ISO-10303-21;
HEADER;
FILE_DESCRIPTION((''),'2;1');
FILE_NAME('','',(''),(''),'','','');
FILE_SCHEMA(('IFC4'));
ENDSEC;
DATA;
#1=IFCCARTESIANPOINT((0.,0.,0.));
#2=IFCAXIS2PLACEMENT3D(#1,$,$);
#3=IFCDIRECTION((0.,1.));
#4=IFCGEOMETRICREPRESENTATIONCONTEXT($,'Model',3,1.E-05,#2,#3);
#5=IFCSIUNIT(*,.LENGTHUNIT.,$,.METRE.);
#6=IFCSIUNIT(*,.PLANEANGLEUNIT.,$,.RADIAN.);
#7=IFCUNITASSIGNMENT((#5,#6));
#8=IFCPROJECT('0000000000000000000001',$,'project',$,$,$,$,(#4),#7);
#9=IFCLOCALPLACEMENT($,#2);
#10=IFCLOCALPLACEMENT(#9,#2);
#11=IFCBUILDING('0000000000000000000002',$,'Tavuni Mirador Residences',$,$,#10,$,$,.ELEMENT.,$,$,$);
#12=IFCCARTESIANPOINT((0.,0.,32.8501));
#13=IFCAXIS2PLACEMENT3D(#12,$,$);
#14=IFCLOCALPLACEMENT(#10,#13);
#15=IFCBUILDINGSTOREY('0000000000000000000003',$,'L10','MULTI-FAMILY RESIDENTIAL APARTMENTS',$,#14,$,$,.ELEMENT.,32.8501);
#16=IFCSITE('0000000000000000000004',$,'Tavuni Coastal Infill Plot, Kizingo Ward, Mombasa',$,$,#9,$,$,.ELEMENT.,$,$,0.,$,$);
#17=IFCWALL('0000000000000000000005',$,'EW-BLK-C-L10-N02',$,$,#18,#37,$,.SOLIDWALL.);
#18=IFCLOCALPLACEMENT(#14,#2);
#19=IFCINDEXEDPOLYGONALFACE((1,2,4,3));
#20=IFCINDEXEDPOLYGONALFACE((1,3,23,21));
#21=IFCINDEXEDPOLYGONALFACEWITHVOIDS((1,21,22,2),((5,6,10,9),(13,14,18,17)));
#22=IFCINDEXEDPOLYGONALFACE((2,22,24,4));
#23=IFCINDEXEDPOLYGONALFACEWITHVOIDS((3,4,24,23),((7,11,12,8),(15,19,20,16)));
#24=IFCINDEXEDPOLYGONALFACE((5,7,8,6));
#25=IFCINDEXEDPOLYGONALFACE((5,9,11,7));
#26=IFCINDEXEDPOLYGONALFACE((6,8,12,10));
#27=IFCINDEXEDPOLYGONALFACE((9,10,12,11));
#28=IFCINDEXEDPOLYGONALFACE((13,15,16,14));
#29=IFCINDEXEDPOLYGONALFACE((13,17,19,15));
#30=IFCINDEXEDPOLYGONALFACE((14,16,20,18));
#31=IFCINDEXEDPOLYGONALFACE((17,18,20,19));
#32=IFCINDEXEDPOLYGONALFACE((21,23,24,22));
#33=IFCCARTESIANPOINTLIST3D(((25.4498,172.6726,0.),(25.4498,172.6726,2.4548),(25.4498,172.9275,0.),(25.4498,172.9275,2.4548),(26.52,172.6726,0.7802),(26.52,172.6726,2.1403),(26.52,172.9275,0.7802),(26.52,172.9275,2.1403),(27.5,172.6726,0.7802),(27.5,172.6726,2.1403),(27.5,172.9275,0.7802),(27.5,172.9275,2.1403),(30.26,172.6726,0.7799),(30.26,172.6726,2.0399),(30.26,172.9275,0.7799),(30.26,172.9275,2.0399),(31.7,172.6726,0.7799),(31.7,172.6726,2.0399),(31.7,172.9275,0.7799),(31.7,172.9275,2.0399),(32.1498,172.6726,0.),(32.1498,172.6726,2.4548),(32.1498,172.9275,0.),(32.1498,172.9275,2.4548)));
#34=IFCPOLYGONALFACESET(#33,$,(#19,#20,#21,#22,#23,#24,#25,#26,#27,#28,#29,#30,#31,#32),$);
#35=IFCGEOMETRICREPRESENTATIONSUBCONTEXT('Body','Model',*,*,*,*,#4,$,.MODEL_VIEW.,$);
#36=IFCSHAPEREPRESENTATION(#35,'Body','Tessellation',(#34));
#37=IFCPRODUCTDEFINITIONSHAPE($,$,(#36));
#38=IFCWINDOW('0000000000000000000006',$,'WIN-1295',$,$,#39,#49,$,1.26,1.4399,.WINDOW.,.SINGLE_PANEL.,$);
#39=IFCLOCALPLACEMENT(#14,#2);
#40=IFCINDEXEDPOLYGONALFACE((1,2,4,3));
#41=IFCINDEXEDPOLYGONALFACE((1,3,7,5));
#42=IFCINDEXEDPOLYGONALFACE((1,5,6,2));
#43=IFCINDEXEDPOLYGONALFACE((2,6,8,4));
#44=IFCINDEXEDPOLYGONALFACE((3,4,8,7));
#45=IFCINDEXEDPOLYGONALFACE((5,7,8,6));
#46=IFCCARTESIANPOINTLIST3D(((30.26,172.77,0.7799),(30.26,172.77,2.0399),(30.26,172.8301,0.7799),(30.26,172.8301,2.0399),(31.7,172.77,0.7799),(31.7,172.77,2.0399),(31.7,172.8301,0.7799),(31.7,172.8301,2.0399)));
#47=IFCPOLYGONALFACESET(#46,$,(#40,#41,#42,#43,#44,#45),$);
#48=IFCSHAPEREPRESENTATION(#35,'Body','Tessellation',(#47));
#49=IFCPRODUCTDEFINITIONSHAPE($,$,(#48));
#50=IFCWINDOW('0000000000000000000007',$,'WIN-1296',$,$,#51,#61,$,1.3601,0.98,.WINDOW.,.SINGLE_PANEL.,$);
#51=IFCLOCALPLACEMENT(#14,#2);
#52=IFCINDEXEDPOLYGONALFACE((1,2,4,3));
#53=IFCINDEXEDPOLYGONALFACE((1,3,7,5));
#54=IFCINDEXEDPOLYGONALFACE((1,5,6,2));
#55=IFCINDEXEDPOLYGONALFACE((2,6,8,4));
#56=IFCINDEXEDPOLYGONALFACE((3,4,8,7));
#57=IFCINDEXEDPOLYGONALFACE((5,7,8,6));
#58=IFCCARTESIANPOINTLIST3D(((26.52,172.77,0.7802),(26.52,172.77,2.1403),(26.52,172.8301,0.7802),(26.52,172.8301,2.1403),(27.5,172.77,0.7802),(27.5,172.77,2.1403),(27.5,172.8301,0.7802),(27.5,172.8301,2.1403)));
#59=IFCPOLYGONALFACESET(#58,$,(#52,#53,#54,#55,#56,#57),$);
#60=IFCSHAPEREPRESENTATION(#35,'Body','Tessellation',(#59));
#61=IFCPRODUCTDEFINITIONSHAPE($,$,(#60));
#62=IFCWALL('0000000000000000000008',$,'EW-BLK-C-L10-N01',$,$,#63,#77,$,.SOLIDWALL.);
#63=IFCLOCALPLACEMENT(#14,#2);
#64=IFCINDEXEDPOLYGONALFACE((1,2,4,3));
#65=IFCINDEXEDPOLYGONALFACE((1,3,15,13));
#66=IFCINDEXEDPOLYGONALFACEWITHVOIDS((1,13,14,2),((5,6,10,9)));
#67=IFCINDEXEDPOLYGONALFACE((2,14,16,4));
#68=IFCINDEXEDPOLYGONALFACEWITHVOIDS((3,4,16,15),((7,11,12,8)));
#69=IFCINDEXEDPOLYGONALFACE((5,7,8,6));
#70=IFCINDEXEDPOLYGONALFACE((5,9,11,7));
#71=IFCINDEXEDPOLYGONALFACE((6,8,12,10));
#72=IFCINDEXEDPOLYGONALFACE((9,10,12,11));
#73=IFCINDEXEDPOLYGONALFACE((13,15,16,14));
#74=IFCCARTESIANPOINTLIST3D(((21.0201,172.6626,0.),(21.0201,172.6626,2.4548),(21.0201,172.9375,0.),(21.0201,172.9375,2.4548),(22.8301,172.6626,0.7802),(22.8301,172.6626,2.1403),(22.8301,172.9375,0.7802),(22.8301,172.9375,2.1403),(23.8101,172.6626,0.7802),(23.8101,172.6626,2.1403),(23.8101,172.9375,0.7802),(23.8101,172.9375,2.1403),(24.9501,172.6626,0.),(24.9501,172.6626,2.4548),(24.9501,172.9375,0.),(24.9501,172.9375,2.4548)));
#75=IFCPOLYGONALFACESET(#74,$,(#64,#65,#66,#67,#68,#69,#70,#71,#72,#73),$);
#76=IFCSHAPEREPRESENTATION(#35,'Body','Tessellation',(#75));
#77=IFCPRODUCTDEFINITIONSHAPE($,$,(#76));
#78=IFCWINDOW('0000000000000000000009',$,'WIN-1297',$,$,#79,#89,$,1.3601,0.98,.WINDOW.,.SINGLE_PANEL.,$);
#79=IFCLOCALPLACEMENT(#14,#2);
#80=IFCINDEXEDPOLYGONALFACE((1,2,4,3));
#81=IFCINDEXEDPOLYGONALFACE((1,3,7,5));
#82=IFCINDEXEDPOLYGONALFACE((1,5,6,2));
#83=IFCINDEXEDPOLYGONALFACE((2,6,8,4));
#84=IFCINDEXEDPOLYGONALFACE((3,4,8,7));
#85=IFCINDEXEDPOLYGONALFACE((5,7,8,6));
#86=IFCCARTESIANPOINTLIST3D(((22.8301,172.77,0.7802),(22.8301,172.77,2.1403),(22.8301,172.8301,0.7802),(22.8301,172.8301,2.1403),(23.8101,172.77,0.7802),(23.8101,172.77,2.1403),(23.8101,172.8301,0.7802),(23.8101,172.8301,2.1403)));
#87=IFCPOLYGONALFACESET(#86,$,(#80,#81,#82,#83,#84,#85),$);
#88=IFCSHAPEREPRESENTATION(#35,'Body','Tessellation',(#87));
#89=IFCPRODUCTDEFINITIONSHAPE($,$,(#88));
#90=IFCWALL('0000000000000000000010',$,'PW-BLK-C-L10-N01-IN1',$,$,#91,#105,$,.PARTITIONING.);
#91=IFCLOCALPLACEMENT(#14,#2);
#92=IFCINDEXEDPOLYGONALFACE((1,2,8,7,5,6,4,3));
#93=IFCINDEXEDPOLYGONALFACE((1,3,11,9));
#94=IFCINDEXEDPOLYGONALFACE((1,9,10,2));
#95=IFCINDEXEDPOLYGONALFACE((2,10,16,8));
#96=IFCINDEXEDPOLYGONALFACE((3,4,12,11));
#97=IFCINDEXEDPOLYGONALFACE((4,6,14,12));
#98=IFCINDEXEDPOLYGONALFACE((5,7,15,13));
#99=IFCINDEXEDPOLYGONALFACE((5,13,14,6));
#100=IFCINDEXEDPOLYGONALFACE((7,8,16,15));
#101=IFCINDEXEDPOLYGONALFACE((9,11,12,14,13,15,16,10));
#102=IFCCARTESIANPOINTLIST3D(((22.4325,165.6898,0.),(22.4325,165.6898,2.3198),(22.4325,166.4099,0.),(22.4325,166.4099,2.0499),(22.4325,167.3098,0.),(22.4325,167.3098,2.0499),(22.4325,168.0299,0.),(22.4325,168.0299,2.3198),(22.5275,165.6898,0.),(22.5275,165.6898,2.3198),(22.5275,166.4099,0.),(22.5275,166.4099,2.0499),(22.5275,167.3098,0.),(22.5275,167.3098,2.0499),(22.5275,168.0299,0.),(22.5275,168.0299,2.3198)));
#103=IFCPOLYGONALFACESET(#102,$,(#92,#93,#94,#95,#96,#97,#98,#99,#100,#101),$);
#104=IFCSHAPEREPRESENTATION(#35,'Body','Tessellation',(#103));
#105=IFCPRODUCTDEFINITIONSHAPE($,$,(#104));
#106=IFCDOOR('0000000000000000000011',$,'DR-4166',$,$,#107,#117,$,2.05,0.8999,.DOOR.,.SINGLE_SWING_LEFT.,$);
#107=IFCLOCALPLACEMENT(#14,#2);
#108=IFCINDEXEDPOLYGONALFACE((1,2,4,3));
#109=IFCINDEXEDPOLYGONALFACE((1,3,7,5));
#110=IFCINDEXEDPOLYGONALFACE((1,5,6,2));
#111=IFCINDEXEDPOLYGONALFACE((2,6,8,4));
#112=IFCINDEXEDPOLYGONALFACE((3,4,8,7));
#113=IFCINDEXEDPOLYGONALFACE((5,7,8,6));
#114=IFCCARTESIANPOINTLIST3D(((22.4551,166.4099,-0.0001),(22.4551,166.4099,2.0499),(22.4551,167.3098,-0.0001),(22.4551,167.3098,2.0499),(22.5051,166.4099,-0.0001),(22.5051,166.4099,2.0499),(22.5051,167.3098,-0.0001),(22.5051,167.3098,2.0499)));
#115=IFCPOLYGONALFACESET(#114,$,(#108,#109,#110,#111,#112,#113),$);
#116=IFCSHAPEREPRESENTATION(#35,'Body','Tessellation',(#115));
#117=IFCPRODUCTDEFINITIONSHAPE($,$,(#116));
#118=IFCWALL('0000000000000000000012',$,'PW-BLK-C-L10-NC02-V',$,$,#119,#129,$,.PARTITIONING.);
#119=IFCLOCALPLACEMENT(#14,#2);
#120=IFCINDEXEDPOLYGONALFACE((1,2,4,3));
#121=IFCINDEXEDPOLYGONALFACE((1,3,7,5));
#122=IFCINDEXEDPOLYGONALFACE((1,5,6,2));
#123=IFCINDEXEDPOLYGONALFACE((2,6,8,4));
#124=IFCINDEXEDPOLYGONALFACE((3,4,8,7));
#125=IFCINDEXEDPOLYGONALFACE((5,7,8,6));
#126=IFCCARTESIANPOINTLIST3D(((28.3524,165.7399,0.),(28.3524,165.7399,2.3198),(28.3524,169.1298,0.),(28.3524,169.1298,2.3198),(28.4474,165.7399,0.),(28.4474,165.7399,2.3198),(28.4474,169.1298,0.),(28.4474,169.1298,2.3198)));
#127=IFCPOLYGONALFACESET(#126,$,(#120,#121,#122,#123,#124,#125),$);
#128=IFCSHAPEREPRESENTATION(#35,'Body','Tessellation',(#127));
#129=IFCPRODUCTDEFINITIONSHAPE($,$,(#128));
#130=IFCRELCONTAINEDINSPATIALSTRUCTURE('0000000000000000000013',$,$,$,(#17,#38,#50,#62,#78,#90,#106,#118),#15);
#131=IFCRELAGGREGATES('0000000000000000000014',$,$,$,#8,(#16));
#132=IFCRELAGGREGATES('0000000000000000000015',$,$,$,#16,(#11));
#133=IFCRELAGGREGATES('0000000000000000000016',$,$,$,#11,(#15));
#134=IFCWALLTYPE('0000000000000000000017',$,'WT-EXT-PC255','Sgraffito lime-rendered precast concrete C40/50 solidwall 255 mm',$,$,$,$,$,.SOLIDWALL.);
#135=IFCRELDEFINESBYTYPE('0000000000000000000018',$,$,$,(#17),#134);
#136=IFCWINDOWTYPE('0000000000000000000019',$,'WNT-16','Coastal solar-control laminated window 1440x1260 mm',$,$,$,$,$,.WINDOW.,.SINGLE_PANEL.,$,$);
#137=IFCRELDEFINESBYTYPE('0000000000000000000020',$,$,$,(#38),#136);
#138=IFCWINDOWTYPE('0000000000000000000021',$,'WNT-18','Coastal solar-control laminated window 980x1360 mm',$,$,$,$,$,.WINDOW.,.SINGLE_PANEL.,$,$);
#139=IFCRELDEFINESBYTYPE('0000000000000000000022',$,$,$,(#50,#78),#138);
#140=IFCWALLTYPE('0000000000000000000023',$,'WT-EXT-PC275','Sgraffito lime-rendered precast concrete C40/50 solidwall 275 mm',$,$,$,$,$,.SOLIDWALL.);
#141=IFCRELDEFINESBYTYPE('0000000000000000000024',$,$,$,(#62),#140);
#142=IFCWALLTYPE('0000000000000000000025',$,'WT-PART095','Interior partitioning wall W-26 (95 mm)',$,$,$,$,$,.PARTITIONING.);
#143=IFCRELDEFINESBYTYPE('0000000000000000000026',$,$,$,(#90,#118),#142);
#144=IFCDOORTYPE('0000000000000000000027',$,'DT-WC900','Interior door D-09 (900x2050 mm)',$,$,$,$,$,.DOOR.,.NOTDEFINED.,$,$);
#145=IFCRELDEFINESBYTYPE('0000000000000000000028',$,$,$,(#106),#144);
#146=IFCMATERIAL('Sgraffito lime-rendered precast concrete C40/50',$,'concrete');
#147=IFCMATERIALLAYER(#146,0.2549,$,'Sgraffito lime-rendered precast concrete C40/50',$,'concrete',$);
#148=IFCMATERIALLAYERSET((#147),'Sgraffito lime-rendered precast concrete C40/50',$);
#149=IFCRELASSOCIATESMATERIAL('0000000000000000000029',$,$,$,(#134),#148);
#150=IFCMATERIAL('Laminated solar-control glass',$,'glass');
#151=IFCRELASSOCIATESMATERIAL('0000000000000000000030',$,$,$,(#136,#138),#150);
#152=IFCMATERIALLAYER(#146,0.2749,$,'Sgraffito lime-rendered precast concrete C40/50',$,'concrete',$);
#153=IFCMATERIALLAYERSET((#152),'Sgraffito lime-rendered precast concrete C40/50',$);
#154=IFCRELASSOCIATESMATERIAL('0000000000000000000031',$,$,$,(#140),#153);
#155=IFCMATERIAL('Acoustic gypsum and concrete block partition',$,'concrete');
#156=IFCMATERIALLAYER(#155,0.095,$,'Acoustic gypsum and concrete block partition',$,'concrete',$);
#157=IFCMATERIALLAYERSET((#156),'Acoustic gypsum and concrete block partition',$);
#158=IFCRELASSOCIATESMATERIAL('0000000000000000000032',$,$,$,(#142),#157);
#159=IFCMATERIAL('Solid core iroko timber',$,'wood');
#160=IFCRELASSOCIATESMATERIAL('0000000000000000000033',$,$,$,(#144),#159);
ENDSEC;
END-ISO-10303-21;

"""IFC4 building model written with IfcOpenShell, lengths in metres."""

from ifc_helpers import new_model, si_unit, direction, frame, frame_2d, origin, place, context, subcontext, project, spatial, rectangle, extrude, material, layer, layer_set, type_object, element, fill, save


model = new_model("IFC4")

# Units and contexts
model_context = context("Model", 3, precision=1e-05, world=origin(), true_north=direction((0.0, 1.0)))
body_context = subcontext(model_context, "Body", "Model", "MODEL_VIEW")
ifc_project = project(units=[si_unit("LENGTHUNIT", "METRE"), si_unit("PLANEANGLEUNIT", "RADIAN")], contexts=[model_context])

# Site, building, storey
site_placement = place(None, origin())
site = spatial("IfcSite", under=ifc_project, at=site_placement, Name="Tavuni Coastal Infill Plot, Kizingo Ward, Mombasa", CompositionType="ELEMENT", RefElevation=0.0)
building_placement = place(site_placement, origin())
building = spatial("IfcBuilding", under=site, at=building_placement, Name="Tavuni Mirador Residences", CompositionType="ELEMENT")
storey_placement = place(building_placement, frame((0.0, 0.0, 32.8501)))
storey = spatial("IfcBuildingStorey", under=building, at=storey_placement, Name="L10", Description="MULTI-FAMILY RESIDENTIAL APARTMENTS", CompositionType="ELEMENT", Elevation=32.8501)

# Wall, openings, windows
ifc_material_1 = material(Name="Sgraffito lime-rendered precast concrete C40/50", Category="concrete")
ifc_layer_1 = layer(ifc_material_1, 0.2549, Name="Sgraffito lime-rendered precast concrete C40/50", Category="concrete")
ifc_layer_set_1 = layer_set([ifc_layer_1], Name="Sgraffito lime-rendered precast concrete C40/50")
wall_type_1 = type_object("IfcWallType", Name="WT-EXT-PC255", Description="Sgraffito lime-rendered precast concrete C40/50 solidwall 255 mm", PredefinedType="SOLIDWALL", material=ifc_layer_set_1)
wall_1_placement = place(storey_placement, frame((32.1499, 172.8, 0.0), z_axis=(0.0, 0.0, 1.0), x_axis=(-1.0, 0.0, 0.0)))
wall_1 = element("IfcWall", 1, at=wall_1_placement, inside=storey, type_object=wall_type_1, Name="EW-BLK-C-L10-N02", PredefinedType="SOLIDWALL", context=body_context, shape_type="SweptSolid", body=[
    extrude(rectangle(XDim=6.7, YDim=0.2549, at=frame_2d((3.3501, 0.0))), origin(), (0.0, 0.0, 1.0), 2.4548),
])
opening_1_placement = place(wall_1_placement, frame((0.45, 0.0, 0.78)))
opening_1 = element("IfcOpeningElement", 2, at=opening_1_placement, cuts=wall_1, PredefinedType="OPENING", context=body_context, shape_type="SweptSolid", body=[
    extrude(rectangle(XDim=1.4399, YDim=1.26, at=frame_2d((0.72, 0.6299))), frame((0.0, 0.1375, 0.0), z_axis=(0.0, -1.0, 0.0), x_axis=(1.0, 0.0, 0.0)), (0.0, 0.0, 1.0), 0.2749),
])
opening_2_placement = place(wall_1_placement, frame((4.6499, 0.0, 0.78)))
opening_2 = element("IfcOpeningElement", 3, at=opening_2_placement, cuts=wall_1, PredefinedType="OPENING", context=body_context, shape_type="SweptSolid", body=[
    extrude(rectangle(XDim=0.98, YDim=1.3601, at=frame_2d((0.49, 0.6802))), frame((0.0, 0.1375, 0.0), z_axis=(0.0, -1.0, 0.0), x_axis=(1.0, 0.0, 0.0)), (0.0, 0.0, 1.0), 0.2749),
])
ifc_material_2 = material(Name="Laminated solar-control glass", Category="glass")
window_type_1 = type_object("IfcWindowType", Name="WNT-16", Description="Coastal solar-control laminated window 1440x1260 mm", PartitioningType="SINGLE_PANEL", PredefinedType="WINDOW", material=ifc_material_2)
window_1_placement = place(opening_1_placement, origin())
window_1 = element("IfcWindow", 4, at=window_1_placement, inside=storey, type_object=window_type_1, Name="WIN-1295", OverallHeight=1.26, OverallWidth=1.4399, PartitioningType="SINGLE_PANEL", PredefinedType="WINDOW", context=body_context, shape_type="SweptSolid", body=[
    extrude(rectangle(XDim=1.4399, YDim=1.26, at=frame_2d((0.72, 0.6299))), frame((0.0, 0.03, 0.0), z_axis=(0.0, -1.0, 0.0), x_axis=(1.0, 0.0, 0.0)), (0.0, 0.0, 1.0), 0.0601),
])
fill(opening_1, window_1)
window_type_2 = type_object("IfcWindowType", Name="WNT-18", Description="Coastal solar-control laminated window 980x1360 mm", PartitioningType="SINGLE_PANEL", PredefinedType="WINDOW", material=ifc_material_2)
window_2_placement = place(opening_2_placement, origin())
window_2 = element("IfcWindow", 5, at=window_2_placement, inside=storey, type_object=window_type_2, Name="WIN-1296", OverallHeight=1.3601, OverallWidth=0.98, PartitioningType="SINGLE_PANEL", PredefinedType="WINDOW", context=body_context, shape_type="SweptSolid", body=[
    extrude(rectangle(XDim=0.98, YDim=1.3601, at=frame_2d((0.49, 0.6802))), frame((0.0, 0.03, 0.0), z_axis=(0.0, -1.0, 0.0), x_axis=(1.0, 0.0, 0.0)), (0.0, 0.0, 1.0), 0.0601),
])
fill(opening_2, window_2)

# Wall, opening, window
ifc_layer_2 = layer(ifc_material_1, 0.2749, Name="Sgraffito lime-rendered precast concrete C40/50", Category="concrete")
ifc_layer_set_2 = layer_set([ifc_layer_2], Name="Sgraffito lime-rendered precast concrete C40/50")
wall_type_2 = type_object("IfcWallType", Name="WT-EXT-PC275", Description="Sgraffito lime-rendered precast concrete C40/50 solidwall 275 mm", PredefinedType="SOLIDWALL", material=ifc_layer_set_2)
wall_2_placement = place(storey_placement, frame((24.95, 172.8, 0.0), z_axis=(0.0, 0.0, 1.0), x_axis=(-1.0, 0.0, 0.0)))
wall_2 = element("IfcWall", 6, at=wall_2_placement, inside=storey, type_object=wall_type_2, Name="EW-BLK-C-L10-N01", PredefinedType="SOLIDWALL", context=body_context, shape_type="SweptSolid", body=[
    extrude(rectangle(XDim=3.9299, YDim=0.2749, at=frame_2d((1.9648, 0.0))), origin(), (0.0, 0.0, 1.0), 2.4548),
])
opening_3_placement = place(wall_2_placement, frame((1.1399, 0.0, 0.78)))
opening_3 = element("IfcOpeningElement", 7, at=opening_3_placement, cuts=wall_2, PredefinedType="OPENING", context=body_context, shape_type="SweptSolid", body=[
    extrude(rectangle(XDim=0.98, YDim=1.3601, at=frame_2d((0.49, 0.6802))), frame((0.0, 0.1475, 0.0), z_axis=(0.0, -1.0, 0.0), x_axis=(1.0, 0.0, 0.0)), (0.0, 0.0, 1.0), 0.2949),
])
window_3_placement = place(opening_3_placement, origin())
window_3 = element("IfcWindow", 8, at=window_3_placement, inside=storey, type_object=window_type_2, Name="WIN-1297", OverallHeight=1.3601, OverallWidth=0.98, PartitioningType="SINGLE_PANEL", PredefinedType="WINDOW", context=body_context, shape_type="SweptSolid", body=[
    extrude(rectangle(XDim=0.98, YDim=1.3601, at=frame_2d((0.49, 0.6802))), frame((0.0, 0.03, 0.0), z_axis=(0.0, -1.0, 0.0), x_axis=(1.0, 0.0, 0.0)), (0.0, 0.0, 1.0), 0.0601),
])
fill(opening_3, window_3)

# Wall, opening, door
ifc_material_3 = material(Name="Acoustic gypsum and concrete block partition", Category="concrete")
ifc_layer_3 = layer(ifc_material_3, 0.095, Name="Acoustic gypsum and concrete block partition", Category="concrete")
ifc_layer_set_3 = layer_set([ifc_layer_3], Name="Acoustic gypsum and concrete block partition")
wall_type_3 = type_object("IfcWallType", Name="WT-PART095", Description="Interior partitioning wall W-26 (95 mm)", PredefinedType="PARTITIONING", material=ifc_layer_set_3)
wall_3_placement = place(storey_placement, frame((22.48, 165.6899, 0.0), z_axis=(0.0, 0.0, 1.0), x_axis=(0.0, 1.0, 0.0)))
wall_3 = element("IfcWall", 9, at=wall_3_placement, inside=storey, type_object=wall_type_3, Name="PW-BLK-C-L10-N01-IN1", PredefinedType="PARTITIONING", context=body_context, shape_type="SweptSolid", body=[
    extrude(rectangle(XDim=2.3401, YDim=0.095, at=frame_2d((1.1699, 0.0))), origin(), (0.0, 0.0, 1.0), 2.3198),
])
opening_4_placement = place(wall_3_placement, frame((0.72, 0.0, 0.0)))
opening_4 = element("IfcOpeningElement", 10, at=opening_4_placement, cuts=wall_3, PredefinedType="OPENING", context=body_context, shape_type="SweptSolid", body=[
    extrude(rectangle(XDim=0.8999, YDim=2.05, at=frame_2d((0.45, 1.0249))), frame((0.0, 0.0576, 0.0), z_axis=(0.0, -1.0, 0.0), x_axis=(1.0, 0.0, 0.0)), (0.0, 0.0, 1.0), 0.115),
])
ifc_material_4 = material(Name="Solid core iroko timber", Category="wood")
door_type_1 = type_object("IfcDoorType", Name="DT-WC900", Description="Interior door D-09 (900x2050 mm)", OperationType="NOTDEFINED", PredefinedType="DOOR", material=ifc_material_4)
door_1_placement = place(opening_4_placement, origin())
door_1 = element("IfcDoor", 11, at=door_1_placement, inside=storey, type_object=door_type_1, Name="DR-4166", OperationType="SINGLE_SWING_LEFT", OverallHeight=2.05, OverallWidth=0.8999, PredefinedType="DOOR", context=body_context, shape_type="SweptSolid", body=[
    extrude(rectangle(XDim=0.8999, YDim=2.05, at=frame_2d((0.45, 1.0249))), frame((0.0, 0.0249, 0.0), z_axis=(0.0, -1.0, 0.0), x_axis=(1.0, 0.0, 0.0)), (0.0, 0.0, 1.0), 0.05),
])
fill(opening_4, door_1)

# Wall
wall_4_placement = place(storey_placement, frame((28.3999, 165.74, 0.0), z_axis=(0.0, 0.0, 1.0), x_axis=(0.0, 1.0, 0.0)))
element("IfcWall", 12, at=wall_4_placement, inside=storey, type_object=wall_type_3, Name="PW-BLK-C-L10-NC02-V", PredefinedType="PARTITIONING", context=body_context, shape_type="SweptSolid", body=[
    extrude(rectangle(XDim=3.3899, YDim=0.095, at=frame_2d((1.6948, 0.0))), origin(), (0.0, 0.0, 1.0), 2.3198),
])

save(model, "model.ifc")
